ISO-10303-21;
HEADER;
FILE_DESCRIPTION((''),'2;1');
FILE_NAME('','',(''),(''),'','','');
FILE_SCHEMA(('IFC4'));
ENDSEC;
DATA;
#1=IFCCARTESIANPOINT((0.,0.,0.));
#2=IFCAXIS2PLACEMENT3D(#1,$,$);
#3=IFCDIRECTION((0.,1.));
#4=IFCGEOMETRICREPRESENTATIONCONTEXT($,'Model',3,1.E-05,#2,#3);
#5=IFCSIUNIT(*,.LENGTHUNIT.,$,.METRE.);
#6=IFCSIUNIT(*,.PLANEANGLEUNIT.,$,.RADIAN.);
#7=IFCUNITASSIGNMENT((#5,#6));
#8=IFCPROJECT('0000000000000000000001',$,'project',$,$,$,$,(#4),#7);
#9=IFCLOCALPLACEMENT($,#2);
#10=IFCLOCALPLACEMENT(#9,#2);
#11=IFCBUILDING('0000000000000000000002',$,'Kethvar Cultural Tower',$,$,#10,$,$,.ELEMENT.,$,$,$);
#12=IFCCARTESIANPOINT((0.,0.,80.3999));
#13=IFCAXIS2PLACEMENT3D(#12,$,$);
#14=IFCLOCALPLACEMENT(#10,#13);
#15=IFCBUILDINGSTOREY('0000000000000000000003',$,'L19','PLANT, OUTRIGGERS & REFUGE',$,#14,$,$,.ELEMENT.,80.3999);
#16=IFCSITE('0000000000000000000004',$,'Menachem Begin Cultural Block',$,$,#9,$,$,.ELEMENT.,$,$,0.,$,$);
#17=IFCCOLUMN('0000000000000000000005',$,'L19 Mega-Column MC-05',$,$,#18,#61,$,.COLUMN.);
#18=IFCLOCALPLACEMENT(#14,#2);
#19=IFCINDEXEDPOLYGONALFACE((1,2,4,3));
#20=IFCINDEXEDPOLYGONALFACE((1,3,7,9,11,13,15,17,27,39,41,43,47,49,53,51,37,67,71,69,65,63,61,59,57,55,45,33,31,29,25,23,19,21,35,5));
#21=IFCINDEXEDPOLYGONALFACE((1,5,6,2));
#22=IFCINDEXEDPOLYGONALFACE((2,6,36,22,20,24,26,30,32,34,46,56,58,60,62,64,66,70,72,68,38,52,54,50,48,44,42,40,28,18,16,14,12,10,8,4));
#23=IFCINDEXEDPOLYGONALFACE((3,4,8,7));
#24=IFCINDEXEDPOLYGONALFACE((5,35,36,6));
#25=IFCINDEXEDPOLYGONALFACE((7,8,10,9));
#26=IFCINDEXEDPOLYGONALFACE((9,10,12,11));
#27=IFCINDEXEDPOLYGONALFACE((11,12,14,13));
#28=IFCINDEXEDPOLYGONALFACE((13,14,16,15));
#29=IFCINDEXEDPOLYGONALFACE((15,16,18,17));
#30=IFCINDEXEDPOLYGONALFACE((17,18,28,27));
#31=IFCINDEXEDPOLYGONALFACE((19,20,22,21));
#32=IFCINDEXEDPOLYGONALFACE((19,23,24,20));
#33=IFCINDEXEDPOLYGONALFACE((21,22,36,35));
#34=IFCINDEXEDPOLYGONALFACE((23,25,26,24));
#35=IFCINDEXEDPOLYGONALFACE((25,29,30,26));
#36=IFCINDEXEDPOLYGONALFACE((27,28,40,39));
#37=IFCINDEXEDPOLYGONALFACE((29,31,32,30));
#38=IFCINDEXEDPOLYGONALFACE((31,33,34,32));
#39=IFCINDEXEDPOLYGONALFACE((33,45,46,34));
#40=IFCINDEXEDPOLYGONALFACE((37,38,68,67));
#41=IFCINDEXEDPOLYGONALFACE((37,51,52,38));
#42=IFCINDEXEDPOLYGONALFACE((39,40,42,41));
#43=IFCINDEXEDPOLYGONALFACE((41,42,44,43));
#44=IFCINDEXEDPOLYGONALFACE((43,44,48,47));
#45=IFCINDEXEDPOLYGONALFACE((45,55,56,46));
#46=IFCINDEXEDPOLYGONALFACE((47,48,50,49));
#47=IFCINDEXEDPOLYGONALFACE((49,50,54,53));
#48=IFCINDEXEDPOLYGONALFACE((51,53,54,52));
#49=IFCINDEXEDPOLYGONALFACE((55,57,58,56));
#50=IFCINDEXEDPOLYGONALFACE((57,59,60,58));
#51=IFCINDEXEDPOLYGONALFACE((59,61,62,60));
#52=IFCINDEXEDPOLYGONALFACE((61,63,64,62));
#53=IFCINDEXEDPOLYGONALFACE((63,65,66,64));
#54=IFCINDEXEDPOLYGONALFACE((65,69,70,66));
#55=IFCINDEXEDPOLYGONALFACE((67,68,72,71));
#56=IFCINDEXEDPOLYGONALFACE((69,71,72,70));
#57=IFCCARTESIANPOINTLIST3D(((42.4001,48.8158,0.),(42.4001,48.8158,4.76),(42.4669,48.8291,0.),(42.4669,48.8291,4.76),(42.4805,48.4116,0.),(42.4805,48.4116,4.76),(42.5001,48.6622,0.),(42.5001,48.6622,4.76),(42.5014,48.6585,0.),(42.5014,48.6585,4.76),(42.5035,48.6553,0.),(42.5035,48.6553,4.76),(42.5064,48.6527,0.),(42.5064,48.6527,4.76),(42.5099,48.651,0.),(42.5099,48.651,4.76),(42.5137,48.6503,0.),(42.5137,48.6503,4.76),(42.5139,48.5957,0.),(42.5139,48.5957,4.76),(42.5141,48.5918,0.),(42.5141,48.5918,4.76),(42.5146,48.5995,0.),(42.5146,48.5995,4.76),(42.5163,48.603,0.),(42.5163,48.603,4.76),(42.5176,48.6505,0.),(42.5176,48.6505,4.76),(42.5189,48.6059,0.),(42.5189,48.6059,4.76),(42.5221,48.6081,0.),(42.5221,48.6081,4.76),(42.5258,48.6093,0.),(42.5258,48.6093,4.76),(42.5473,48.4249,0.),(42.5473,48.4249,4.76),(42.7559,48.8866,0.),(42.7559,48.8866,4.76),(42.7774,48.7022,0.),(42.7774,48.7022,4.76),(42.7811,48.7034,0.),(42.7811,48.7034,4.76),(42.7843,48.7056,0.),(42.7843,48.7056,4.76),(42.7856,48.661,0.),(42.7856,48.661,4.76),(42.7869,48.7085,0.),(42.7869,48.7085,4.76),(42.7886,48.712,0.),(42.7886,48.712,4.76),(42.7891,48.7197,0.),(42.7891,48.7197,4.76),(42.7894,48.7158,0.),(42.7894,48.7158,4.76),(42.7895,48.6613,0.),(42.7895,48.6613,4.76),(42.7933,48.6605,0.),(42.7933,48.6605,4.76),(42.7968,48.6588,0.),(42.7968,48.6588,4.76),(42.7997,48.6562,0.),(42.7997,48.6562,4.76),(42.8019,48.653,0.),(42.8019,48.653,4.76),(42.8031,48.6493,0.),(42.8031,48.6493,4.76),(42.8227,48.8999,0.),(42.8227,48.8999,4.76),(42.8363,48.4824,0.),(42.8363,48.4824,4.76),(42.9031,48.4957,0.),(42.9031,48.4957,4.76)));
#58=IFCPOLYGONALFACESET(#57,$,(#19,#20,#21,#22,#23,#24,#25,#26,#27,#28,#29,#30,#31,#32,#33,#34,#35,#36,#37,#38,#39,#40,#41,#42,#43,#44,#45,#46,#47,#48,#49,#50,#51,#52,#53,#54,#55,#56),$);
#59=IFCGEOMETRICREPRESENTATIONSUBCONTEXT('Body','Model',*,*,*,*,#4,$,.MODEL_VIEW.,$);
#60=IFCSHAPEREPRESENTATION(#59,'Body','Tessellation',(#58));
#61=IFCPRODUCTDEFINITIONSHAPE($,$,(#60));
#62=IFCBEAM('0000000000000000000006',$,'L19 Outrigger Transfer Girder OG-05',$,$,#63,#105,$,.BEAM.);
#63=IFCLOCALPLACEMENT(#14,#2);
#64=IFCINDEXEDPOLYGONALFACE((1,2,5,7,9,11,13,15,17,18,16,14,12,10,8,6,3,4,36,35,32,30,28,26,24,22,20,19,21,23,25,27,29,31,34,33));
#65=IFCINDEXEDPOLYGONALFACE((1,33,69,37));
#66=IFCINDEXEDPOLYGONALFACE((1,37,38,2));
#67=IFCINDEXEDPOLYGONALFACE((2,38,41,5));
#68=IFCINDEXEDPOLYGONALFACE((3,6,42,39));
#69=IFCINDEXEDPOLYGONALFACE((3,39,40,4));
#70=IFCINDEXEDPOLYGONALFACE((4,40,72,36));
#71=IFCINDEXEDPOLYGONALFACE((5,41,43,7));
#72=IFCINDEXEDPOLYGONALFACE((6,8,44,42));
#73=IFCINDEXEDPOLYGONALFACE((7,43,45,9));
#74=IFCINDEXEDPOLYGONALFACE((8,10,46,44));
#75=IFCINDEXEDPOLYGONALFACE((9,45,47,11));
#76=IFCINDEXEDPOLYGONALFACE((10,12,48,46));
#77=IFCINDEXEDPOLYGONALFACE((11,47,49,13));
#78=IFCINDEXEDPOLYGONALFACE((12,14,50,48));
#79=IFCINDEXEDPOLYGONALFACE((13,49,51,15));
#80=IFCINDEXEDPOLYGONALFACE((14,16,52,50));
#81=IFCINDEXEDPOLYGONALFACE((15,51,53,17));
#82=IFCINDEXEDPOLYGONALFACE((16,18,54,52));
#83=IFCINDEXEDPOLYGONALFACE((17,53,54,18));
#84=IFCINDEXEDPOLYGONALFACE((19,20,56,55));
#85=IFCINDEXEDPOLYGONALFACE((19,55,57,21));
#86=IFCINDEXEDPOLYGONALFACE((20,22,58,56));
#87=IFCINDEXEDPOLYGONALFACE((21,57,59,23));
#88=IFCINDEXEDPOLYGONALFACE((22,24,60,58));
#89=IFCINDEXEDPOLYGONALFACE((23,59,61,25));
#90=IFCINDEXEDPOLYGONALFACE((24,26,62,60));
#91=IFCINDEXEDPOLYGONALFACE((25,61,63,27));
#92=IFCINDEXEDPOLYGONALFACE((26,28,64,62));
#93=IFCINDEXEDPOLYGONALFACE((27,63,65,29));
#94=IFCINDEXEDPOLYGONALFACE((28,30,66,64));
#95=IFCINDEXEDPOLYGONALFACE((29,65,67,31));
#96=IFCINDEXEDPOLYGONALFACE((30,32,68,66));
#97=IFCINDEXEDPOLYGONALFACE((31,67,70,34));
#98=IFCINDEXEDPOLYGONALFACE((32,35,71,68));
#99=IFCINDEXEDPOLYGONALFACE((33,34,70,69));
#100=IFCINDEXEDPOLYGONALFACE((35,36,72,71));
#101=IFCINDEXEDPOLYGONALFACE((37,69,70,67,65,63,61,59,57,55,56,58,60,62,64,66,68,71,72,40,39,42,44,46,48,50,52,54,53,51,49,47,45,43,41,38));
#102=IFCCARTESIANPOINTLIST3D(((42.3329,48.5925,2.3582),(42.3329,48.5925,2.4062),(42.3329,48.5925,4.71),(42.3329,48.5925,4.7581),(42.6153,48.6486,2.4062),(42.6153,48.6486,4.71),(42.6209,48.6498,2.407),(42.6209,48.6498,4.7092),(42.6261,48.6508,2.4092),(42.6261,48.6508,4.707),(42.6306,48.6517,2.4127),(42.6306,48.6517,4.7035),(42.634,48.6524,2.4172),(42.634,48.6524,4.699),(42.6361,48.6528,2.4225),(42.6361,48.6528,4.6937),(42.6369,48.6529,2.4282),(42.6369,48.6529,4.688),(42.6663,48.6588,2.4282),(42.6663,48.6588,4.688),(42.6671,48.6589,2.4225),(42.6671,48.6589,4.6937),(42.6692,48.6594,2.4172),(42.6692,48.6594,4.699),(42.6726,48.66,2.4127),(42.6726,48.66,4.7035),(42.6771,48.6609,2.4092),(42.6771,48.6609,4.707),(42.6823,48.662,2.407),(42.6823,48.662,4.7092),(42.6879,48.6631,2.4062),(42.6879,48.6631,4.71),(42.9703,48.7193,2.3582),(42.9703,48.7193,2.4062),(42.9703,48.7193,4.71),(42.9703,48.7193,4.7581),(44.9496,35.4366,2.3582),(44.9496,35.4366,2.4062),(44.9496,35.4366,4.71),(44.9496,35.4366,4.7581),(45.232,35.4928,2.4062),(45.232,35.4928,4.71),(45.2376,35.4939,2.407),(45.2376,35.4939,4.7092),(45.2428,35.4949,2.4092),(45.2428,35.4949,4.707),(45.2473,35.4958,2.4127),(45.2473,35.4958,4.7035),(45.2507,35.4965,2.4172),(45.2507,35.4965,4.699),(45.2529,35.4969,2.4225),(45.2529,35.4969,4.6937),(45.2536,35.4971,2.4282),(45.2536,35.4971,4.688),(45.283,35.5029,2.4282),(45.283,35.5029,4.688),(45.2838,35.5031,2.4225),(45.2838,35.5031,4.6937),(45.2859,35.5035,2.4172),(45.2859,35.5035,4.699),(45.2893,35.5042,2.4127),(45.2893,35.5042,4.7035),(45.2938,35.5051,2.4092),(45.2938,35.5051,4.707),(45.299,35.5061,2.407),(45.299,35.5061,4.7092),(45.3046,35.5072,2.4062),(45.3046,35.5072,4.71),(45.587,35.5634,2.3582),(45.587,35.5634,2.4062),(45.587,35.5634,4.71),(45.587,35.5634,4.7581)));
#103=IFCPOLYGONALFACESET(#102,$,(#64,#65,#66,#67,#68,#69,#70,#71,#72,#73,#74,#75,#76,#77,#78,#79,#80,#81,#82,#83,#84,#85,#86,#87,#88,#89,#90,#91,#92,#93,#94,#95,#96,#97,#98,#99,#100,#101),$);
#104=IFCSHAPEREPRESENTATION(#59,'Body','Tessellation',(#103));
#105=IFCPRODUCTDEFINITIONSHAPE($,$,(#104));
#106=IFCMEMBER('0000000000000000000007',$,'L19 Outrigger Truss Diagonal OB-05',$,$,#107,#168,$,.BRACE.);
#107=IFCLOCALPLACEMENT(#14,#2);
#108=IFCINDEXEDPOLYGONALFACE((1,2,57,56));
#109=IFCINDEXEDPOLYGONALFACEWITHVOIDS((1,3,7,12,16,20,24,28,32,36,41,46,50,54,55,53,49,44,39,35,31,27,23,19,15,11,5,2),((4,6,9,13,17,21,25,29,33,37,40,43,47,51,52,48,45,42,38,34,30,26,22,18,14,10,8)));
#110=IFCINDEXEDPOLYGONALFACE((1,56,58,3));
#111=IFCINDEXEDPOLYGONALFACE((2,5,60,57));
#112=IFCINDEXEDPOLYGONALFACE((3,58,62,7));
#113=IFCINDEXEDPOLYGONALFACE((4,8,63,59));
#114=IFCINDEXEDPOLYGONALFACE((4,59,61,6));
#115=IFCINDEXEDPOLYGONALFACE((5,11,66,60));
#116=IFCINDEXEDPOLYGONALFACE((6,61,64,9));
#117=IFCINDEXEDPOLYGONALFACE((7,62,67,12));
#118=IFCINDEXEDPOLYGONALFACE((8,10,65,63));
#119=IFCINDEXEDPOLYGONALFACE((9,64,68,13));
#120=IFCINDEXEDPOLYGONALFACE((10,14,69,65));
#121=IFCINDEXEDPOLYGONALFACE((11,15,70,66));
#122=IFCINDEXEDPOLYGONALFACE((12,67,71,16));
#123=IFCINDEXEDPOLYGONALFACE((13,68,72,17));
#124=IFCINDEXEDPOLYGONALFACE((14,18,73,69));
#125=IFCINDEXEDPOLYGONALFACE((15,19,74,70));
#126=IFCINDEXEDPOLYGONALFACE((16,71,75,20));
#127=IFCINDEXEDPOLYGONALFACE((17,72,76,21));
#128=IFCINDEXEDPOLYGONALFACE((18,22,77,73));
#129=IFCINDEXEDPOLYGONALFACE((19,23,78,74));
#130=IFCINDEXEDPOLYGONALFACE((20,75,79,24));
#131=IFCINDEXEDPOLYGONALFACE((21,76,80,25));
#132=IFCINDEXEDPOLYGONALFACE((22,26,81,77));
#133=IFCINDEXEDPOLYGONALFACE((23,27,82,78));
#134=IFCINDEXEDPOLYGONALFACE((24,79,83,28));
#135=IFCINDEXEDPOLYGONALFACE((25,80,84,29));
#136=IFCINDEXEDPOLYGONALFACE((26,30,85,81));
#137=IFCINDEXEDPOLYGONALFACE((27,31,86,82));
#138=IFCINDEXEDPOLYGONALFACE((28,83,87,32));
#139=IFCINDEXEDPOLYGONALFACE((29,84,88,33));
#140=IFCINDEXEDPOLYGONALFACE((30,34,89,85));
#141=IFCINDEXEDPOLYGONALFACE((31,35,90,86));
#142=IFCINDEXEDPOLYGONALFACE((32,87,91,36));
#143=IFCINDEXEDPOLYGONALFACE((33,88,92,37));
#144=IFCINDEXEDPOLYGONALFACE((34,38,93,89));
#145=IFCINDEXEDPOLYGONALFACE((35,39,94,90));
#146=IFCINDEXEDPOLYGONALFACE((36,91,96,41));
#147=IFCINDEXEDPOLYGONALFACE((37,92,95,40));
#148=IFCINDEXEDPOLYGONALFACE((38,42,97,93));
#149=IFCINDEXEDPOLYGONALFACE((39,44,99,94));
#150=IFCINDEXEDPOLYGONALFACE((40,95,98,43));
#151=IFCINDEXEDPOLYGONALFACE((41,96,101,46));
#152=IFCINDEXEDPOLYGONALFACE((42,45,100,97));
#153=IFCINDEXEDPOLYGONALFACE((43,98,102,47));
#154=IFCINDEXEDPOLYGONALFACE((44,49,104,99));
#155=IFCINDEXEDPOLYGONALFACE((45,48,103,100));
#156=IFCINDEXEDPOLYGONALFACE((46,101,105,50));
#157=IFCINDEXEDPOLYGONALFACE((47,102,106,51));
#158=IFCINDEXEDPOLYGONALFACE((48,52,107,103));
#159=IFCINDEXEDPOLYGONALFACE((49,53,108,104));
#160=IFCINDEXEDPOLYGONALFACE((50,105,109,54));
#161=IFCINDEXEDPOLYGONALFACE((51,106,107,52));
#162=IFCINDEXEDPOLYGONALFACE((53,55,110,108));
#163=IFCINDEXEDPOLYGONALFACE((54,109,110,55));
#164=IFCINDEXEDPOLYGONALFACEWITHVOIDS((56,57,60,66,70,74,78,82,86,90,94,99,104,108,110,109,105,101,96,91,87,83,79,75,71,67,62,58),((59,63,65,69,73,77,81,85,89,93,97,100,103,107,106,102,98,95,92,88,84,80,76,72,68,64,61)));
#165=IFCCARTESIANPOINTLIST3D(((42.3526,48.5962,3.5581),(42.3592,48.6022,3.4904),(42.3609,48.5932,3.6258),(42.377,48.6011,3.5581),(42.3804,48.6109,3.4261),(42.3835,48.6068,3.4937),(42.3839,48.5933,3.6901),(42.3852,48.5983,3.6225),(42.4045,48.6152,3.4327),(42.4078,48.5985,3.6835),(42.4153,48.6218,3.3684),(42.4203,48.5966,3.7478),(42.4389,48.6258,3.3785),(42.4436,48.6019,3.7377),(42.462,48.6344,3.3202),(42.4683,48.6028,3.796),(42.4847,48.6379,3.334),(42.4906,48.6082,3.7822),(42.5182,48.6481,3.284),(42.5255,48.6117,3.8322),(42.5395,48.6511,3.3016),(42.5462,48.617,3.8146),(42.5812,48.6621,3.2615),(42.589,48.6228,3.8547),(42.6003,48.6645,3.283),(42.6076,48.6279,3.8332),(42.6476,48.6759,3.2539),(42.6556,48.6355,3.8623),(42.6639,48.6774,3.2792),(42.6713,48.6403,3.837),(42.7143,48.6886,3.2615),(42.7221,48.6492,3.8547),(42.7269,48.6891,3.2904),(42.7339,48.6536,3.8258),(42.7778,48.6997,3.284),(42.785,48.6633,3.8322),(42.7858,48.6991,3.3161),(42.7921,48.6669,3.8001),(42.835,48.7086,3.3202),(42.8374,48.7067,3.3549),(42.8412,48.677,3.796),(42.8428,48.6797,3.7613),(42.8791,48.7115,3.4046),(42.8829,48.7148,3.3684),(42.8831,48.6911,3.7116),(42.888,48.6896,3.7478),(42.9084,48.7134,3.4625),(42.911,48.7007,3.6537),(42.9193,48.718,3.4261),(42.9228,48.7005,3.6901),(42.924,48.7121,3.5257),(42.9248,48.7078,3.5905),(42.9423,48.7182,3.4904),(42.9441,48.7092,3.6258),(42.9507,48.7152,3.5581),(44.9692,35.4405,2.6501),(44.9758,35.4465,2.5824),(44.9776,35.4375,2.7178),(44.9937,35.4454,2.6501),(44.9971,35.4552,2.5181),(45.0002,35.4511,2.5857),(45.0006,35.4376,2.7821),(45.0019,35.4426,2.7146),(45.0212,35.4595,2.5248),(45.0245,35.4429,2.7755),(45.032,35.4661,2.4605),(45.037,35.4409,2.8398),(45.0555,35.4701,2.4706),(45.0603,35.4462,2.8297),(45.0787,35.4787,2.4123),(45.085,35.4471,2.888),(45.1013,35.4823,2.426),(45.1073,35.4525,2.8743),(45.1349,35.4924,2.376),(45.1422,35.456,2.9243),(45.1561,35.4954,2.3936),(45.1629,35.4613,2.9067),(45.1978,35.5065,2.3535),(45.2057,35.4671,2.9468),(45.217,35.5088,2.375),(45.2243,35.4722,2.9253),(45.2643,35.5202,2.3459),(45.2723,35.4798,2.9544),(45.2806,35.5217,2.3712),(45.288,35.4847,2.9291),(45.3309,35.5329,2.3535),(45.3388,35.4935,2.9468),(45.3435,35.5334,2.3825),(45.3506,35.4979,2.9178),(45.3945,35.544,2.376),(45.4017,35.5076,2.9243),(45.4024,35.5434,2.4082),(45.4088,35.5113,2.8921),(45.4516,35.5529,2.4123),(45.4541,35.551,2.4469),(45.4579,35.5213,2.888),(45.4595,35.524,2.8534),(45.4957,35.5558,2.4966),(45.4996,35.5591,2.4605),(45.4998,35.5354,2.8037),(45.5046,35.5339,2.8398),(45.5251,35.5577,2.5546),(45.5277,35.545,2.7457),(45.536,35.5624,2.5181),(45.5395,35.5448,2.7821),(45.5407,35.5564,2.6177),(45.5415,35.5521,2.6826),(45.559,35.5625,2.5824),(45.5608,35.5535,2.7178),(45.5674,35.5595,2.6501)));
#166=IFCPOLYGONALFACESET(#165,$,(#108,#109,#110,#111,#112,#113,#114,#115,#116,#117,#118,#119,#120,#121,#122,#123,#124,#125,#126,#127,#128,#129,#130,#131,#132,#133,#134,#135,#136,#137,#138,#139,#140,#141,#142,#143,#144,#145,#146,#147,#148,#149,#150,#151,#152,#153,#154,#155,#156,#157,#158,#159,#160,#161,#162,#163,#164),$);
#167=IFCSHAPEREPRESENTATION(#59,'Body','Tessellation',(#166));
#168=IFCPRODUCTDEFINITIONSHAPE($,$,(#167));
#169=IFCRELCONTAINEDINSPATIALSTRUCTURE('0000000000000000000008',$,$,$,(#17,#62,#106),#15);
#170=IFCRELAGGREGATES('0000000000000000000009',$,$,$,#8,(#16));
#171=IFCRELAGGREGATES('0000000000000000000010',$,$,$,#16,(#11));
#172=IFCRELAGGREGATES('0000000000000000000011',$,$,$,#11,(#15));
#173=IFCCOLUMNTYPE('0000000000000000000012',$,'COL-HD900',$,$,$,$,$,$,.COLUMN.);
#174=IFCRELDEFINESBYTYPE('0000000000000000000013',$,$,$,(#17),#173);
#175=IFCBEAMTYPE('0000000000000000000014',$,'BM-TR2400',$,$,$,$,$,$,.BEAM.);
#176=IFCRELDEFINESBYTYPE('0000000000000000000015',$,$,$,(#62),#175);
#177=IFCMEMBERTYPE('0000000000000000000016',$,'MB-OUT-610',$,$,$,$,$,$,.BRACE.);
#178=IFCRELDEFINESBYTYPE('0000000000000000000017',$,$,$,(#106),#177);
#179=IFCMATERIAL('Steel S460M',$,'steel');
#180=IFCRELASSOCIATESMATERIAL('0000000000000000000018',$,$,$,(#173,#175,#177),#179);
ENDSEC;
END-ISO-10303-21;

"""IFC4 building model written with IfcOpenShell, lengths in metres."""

from ifc_helpers import new_model, si_unit, direction, frame, origin, origin_2d, place, context, subcontext, project, spatial, hollow_circle, i_section, extrude, source, transform, mapped, material, material_profile, profile_set, type_object, element, save


model = new_model("IFC4")

# Units and contexts
model_context = context("Model", 3, precision=1e-05, world=origin(), true_north=direction((0.0, 1.0)))
body_context = subcontext(model_context, "Body", "Model", "MODEL_VIEW")
ifc_project = project(units=[si_unit("LENGTHUNIT", "METRE"), si_unit("PLANEANGLEUNIT", "RADIAN")], contexts=[model_context])

# Site, building, storey
site_placement = place(None, origin())
site = spatial("IfcSite", under=ifc_project, at=site_placement, Name="Menachem Begin Cultural Block", CompositionType="ELEMENT", RefElevation=0.0)
building_placement = place(site_placement, origin())
building = spatial("IfcBuilding", under=site, at=building_placement, Name="Kethvar Cultural Tower", CompositionType="ELEMENT")
storey_placement = place(building_placement, frame((0.0, 0.0, 80.3999)))
storey = spatial("IfcBuildingStorey", under=building, at=storey_placement, Name="L19", Description="PLANT, OUTRIGGERS & REFUGE", CompositionType="ELEMENT", Elevation=80.3999)

# Column
ifc_material_1 = material(Name="Steel S460M", Category="steel")
ifc_material_profile_1 = material_profile(ifc_material_1, i_section(OverallWidth=0.4121, OverallDepth=0.4309, WebThickness=0.042, FlangeThickness=0.0681, FilletRadius=0.0149, at=origin_2d()), Name="Steel S460M — HD400x900")
ifc_profile_set_1 = profile_set([ifc_material_profile_1], Name="Steel S460M — HD400x900")
column_type = type_object("IfcColumnType", Name="COL-HD900", PredefinedType="COLUMN", material=ifc_profile_set_1)
shared_shape_1 = source(origin(), body_context, "Body", "SweptSolid", [
    extrude(i_section(OverallWidth=0.4121, OverallDepth=0.4309, WebThickness=0.042, FlangeThickness=0.0681, FilletRadius=0.0149, at=origin_2d()), origin(), (0.0, 0.0, 1.0), 4.76),
])
column_placement = place(storey_placement, frame((42.6516, 48.6558, 0.0), z_axis=(0.0, 0.0, 1.0), x_axis=(-0.19509, 0.980785, 0.0)))
element("IfcColumn", 1, at=column_placement, inside=storey, type_object=column_type, Name="L19 Mega-Column MC-05", PredefinedType="COLUMN", context=body_context, shape_type="MappedRepresentation", body=[
    mapped(shared_shape_1, transform((0.0, 0.0, 0.0), scale=1.0)),
])

# Beam
ifc_material_profile_2 = material_profile(ifc_material_1, i_section(OverallWidth=0.6499, OverallDepth=2.3999, WebThickness=0.03, FlangeThickness=0.0481, FilletRadius=0.022, at=origin_2d()), Name="Steel S460M — PG2400x650x48x30")
ifc_profile_set_2 = profile_set([ifc_material_profile_2], Name="Steel S460M — PG2400x650x48x30")
beam_type = type_object("IfcBeamType", Name="BM-TR2400", PredefinedType="BEAM", material=ifc_profile_set_2)
shared_shape_2 = source(origin(), body_context, "Body", "SweptSolid", [
    extrude(i_section(OverallWidth=0.6499, OverallDepth=2.3999, WebThickness=0.03, FlangeThickness=0.0481, FilletRadius=0.022, at=origin_2d()), origin(), (0.0, 0.0, 1.0), 13.4136),
])
beam_1_placement = place(storey_placement, frame((45.2683, 35.5, 3.5581), z_axis=(-0.19508, 0.980787, 0.0), x_axis=(-0.980787, -0.19508, 0.0)))
element("IfcBeam", 2, at=beam_1_placement, inside=storey, type_object=beam_type, Name="L19 Outrigger Transfer Girder OG-05", PredefinedType="BEAM", context=body_context, shape_type="MappedRepresentation", body=[
    mapped(shared_shape_2, transform((0.0, 0.0, 0.0), scale=1.0)),
])

# Member
ifc_material_profile_3 = material_profile(ifc_material_1, hollow_circle(Radius=0.3049, WallThickness=0.0249, at=origin_2d()), Name="Steel S460M — CHS610x25")
ifc_profile_set_3 = profile_set([ifc_material_profile_3], Name="Steel S460M — CHS610x25")
member_type_1 = type_object("IfcMemberType", Name="MB-OUT-610", PredefinedType="BRACE", material=ifc_profile_set_3)
shared_shape_3 = source(origin(), body_context, "Body", "SweptSolid", [
    extrude(hollow_circle(Radius=0.3049, WallThickness=0.0249, at=origin_2d()), origin(), (0.0, 0.0, 1.0), 13.4441),
])
member_1_placement = place(storey_placement, frame((45.2683, 35.5, 2.6501), z_axis=(-0.194635, 0.978548, 0.067536), x_axis=(-0.980787, -0.19508, 0.0)))
element("IfcMember", 3, at=member_1_placement, inside=storey, type_object=member_type_1, Name="L19 Outrigger Truss Diagonal OB-05", PredefinedType="BRACE", context=body_context, shape_type="MappedRepresentation", body=[
    mapped(shared_shape_3, transform((0.0, 0.0, 0.0), scale=1.0)),
])

save(model, "model.ifc")
